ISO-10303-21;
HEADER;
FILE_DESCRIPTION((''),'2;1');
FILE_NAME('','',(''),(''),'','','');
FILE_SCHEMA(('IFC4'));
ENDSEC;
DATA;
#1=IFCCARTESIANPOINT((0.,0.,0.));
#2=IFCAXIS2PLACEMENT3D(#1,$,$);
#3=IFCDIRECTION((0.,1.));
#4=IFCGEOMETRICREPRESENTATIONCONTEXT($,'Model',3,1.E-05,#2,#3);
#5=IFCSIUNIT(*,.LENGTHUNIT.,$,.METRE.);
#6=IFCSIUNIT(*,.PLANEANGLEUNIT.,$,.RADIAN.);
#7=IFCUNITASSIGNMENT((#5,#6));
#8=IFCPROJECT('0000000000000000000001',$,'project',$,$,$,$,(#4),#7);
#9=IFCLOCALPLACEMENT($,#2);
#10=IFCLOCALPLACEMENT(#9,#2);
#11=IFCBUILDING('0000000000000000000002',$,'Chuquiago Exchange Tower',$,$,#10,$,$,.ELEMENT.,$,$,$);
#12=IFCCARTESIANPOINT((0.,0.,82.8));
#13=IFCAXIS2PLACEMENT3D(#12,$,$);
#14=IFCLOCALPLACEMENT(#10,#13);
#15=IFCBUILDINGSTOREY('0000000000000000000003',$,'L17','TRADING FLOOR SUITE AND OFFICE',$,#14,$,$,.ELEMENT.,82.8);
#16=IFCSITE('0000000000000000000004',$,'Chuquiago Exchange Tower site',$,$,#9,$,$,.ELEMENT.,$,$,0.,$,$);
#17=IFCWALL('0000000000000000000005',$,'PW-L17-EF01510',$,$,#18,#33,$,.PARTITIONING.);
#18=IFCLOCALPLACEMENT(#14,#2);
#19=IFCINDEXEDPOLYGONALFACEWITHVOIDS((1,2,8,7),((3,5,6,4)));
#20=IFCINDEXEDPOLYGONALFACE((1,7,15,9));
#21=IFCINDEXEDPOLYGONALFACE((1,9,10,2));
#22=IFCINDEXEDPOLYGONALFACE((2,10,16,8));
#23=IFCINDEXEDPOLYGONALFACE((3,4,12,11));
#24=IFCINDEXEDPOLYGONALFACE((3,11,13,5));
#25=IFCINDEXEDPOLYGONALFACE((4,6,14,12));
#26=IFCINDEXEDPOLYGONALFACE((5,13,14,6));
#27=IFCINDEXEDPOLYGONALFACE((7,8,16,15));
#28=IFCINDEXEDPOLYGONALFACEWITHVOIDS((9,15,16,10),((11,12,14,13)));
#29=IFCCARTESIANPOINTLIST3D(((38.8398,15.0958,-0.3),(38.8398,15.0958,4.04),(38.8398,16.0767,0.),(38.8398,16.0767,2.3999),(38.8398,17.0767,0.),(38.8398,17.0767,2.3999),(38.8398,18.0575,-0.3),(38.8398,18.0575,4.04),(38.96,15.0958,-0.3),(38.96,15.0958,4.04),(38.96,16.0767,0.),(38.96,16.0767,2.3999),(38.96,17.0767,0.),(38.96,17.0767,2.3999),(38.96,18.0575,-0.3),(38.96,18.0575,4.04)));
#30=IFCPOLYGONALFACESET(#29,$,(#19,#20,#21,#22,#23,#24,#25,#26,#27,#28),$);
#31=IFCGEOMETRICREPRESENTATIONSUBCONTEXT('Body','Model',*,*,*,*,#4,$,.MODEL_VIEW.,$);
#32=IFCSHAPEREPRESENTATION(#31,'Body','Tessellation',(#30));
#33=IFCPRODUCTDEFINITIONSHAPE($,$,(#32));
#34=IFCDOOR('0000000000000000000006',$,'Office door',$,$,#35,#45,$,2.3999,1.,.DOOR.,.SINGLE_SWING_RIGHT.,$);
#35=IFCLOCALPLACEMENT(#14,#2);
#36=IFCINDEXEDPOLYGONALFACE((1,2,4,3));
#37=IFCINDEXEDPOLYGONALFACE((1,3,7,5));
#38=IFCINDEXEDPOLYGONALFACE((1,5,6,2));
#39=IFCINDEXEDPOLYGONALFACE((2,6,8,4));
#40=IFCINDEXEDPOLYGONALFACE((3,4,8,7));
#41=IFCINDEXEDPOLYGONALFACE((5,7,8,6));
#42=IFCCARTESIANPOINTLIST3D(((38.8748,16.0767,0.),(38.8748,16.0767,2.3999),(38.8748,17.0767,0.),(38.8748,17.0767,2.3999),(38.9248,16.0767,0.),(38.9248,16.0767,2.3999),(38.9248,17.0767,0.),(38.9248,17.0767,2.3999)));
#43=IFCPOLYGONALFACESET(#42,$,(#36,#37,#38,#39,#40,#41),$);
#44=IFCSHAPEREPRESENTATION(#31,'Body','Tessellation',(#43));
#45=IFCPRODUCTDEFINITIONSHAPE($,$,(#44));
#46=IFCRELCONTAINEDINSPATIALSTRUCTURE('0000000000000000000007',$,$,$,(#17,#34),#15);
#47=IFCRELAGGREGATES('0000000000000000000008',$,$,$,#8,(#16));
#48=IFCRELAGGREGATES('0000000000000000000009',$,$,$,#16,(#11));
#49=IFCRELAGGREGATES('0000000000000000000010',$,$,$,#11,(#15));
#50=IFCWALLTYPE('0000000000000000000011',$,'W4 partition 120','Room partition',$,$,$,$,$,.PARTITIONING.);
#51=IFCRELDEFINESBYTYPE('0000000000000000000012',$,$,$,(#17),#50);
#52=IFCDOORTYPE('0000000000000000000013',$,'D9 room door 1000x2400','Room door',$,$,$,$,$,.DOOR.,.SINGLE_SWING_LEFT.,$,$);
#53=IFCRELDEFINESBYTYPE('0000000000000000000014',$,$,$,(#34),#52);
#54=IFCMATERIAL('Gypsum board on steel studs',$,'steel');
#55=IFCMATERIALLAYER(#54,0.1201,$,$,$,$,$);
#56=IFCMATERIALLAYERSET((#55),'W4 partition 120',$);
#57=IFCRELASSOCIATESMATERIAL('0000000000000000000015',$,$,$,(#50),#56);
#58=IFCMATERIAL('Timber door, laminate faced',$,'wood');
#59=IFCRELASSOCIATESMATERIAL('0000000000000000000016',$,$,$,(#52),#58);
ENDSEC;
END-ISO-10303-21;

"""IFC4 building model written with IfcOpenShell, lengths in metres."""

from ifc_helpers import new_model, si_unit, direction, frame, frame_2d, origin, place, context, subcontext, project, spatial, rectangle, extrude, material, layer, layer_set, type_object, element, fill, save


model = new_model("IFC4")

# Units and contexts
model_context = context("Model", 3, precision=1e-05, world=origin(), true_north=direction((0.0, 1.0)))
body_context = subcontext(model_context, "Body", "Model", "MODEL_VIEW")
ifc_project = project(units=[si_unit("LENGTHUNIT", "METRE"), si_unit("PLANEANGLEUNIT", "RADIAN")], contexts=[model_context])

# Site, building, storey
site_placement = place(None, origin())
site = spatial("IfcSite", under=ifc_project, at=site_placement, Name="Chuquiago Exchange Tower site", CompositionType="ELEMENT", RefElevation=0.0)
building_placement = place(site_placement, origin())
building = spatial("IfcBuilding", under=site, at=building_placement, Name="Chuquiago Exchange Tower", CompositionType="ELEMENT")
storey_placement = place(building_placement, frame((0.0, 0.0, 82.8)))
storey = spatial("IfcBuildingStorey", under=building, at=storey_placement, Name="L17", Description="TRADING FLOOR SUITE AND OFFICE", CompositionType="ELEMENT", Elevation=82.8)

# Shared definitions
ifc_material_1 = material(Name="Gypsum board on steel studs", Category="steel")
ifc_layer_1 = layer(ifc_material_1, 0.1201)
ifc_layer_set_1 = layer_set([ifc_layer_1], Name="W4 partition 120")
wall_type_1 = type_object("IfcWallType", Name="W4 partition 120", Description="Room partition", PredefinedType="PARTITIONING", material=ifc_layer_set_1)

# Wall, opening, door
ifc_material_2 = material(Name="Timber door, laminate faced", Category="wood")
door_type_1 = type_object("IfcDoorType", Name="D9 room door 1000x2400", Description="Room door", OperationType="SINGLE_SWING_LEFT", PredefinedType="DOOR", material=ifc_material_2)
wall_1_placement = place(storey_placement, frame((38.8999, 15.0957, -0.3), z_axis=(0.0, 0.0, 1.0), x_axis=(0.0, 1.0, 0.0)))
wall_1 = element("IfcWall", 1, at=wall_1_placement, inside=storey, type_object=wall_type_1, Name="PW-L17-EF01510", PredefinedType="PARTITIONING", context=body_context, shape_type="SweptSolid", body=[
    extrude(rectangle(XDim=2.9617, YDim=0.1201, at=frame_2d((1.481, 0.0))), origin(), (0.0, 0.0, 1.0), 4.3401),
])
opening_1_placement = place(wall_1_placement, frame((0.981, 0.0, 0.3)))
opening_1 = element("IfcOpeningElement", 2, at=opening_1_placement, cuts=wall_1, PredefinedType="OPENING", context=body_context, shape_type="SweptSolid", body=[
    extrude(rectangle(XDim=1.0, YDim=2.3999, at=frame_2d((0.5, 1.2))), frame((0.0, 0.0701, 0.0), z_axis=(0.0, -1.0, 0.0), x_axis=(1.0, 0.0, 0.0)), (0.0, 0.0, 1.0), 0.1401),
])
door_1_placement = place(opening_1_placement, frame((1.0, 0.0, 0.0), z_axis=(0.0, 0.0, 1.0), x_axis=(-1.0, 0.0, 0.0)))
door_1 = element("IfcDoor", 3, at=door_1_placement, inside=storey, type_object=door_type_1, Name="Office door", OperationType="SINGLE_SWING_RIGHT", OverallHeight=2.3999, OverallWidth=1.0, PredefinedType="DOOR", context=body_context, shape_type="SweptSolid", body=[
    extrude(rectangle(XDim=1.0, YDim=2.3999, at=frame_2d((0.5, 1.2))), frame((0.0, 0.0249, 0.0), z_axis=(0.0, -1.0, 0.0), x_axis=(1.0, 0.0, 0.0)), (0.0, 0.0, 1.0), 0.05),
])
fill(opening_1, door_1)

save(model, "model.ifc")
